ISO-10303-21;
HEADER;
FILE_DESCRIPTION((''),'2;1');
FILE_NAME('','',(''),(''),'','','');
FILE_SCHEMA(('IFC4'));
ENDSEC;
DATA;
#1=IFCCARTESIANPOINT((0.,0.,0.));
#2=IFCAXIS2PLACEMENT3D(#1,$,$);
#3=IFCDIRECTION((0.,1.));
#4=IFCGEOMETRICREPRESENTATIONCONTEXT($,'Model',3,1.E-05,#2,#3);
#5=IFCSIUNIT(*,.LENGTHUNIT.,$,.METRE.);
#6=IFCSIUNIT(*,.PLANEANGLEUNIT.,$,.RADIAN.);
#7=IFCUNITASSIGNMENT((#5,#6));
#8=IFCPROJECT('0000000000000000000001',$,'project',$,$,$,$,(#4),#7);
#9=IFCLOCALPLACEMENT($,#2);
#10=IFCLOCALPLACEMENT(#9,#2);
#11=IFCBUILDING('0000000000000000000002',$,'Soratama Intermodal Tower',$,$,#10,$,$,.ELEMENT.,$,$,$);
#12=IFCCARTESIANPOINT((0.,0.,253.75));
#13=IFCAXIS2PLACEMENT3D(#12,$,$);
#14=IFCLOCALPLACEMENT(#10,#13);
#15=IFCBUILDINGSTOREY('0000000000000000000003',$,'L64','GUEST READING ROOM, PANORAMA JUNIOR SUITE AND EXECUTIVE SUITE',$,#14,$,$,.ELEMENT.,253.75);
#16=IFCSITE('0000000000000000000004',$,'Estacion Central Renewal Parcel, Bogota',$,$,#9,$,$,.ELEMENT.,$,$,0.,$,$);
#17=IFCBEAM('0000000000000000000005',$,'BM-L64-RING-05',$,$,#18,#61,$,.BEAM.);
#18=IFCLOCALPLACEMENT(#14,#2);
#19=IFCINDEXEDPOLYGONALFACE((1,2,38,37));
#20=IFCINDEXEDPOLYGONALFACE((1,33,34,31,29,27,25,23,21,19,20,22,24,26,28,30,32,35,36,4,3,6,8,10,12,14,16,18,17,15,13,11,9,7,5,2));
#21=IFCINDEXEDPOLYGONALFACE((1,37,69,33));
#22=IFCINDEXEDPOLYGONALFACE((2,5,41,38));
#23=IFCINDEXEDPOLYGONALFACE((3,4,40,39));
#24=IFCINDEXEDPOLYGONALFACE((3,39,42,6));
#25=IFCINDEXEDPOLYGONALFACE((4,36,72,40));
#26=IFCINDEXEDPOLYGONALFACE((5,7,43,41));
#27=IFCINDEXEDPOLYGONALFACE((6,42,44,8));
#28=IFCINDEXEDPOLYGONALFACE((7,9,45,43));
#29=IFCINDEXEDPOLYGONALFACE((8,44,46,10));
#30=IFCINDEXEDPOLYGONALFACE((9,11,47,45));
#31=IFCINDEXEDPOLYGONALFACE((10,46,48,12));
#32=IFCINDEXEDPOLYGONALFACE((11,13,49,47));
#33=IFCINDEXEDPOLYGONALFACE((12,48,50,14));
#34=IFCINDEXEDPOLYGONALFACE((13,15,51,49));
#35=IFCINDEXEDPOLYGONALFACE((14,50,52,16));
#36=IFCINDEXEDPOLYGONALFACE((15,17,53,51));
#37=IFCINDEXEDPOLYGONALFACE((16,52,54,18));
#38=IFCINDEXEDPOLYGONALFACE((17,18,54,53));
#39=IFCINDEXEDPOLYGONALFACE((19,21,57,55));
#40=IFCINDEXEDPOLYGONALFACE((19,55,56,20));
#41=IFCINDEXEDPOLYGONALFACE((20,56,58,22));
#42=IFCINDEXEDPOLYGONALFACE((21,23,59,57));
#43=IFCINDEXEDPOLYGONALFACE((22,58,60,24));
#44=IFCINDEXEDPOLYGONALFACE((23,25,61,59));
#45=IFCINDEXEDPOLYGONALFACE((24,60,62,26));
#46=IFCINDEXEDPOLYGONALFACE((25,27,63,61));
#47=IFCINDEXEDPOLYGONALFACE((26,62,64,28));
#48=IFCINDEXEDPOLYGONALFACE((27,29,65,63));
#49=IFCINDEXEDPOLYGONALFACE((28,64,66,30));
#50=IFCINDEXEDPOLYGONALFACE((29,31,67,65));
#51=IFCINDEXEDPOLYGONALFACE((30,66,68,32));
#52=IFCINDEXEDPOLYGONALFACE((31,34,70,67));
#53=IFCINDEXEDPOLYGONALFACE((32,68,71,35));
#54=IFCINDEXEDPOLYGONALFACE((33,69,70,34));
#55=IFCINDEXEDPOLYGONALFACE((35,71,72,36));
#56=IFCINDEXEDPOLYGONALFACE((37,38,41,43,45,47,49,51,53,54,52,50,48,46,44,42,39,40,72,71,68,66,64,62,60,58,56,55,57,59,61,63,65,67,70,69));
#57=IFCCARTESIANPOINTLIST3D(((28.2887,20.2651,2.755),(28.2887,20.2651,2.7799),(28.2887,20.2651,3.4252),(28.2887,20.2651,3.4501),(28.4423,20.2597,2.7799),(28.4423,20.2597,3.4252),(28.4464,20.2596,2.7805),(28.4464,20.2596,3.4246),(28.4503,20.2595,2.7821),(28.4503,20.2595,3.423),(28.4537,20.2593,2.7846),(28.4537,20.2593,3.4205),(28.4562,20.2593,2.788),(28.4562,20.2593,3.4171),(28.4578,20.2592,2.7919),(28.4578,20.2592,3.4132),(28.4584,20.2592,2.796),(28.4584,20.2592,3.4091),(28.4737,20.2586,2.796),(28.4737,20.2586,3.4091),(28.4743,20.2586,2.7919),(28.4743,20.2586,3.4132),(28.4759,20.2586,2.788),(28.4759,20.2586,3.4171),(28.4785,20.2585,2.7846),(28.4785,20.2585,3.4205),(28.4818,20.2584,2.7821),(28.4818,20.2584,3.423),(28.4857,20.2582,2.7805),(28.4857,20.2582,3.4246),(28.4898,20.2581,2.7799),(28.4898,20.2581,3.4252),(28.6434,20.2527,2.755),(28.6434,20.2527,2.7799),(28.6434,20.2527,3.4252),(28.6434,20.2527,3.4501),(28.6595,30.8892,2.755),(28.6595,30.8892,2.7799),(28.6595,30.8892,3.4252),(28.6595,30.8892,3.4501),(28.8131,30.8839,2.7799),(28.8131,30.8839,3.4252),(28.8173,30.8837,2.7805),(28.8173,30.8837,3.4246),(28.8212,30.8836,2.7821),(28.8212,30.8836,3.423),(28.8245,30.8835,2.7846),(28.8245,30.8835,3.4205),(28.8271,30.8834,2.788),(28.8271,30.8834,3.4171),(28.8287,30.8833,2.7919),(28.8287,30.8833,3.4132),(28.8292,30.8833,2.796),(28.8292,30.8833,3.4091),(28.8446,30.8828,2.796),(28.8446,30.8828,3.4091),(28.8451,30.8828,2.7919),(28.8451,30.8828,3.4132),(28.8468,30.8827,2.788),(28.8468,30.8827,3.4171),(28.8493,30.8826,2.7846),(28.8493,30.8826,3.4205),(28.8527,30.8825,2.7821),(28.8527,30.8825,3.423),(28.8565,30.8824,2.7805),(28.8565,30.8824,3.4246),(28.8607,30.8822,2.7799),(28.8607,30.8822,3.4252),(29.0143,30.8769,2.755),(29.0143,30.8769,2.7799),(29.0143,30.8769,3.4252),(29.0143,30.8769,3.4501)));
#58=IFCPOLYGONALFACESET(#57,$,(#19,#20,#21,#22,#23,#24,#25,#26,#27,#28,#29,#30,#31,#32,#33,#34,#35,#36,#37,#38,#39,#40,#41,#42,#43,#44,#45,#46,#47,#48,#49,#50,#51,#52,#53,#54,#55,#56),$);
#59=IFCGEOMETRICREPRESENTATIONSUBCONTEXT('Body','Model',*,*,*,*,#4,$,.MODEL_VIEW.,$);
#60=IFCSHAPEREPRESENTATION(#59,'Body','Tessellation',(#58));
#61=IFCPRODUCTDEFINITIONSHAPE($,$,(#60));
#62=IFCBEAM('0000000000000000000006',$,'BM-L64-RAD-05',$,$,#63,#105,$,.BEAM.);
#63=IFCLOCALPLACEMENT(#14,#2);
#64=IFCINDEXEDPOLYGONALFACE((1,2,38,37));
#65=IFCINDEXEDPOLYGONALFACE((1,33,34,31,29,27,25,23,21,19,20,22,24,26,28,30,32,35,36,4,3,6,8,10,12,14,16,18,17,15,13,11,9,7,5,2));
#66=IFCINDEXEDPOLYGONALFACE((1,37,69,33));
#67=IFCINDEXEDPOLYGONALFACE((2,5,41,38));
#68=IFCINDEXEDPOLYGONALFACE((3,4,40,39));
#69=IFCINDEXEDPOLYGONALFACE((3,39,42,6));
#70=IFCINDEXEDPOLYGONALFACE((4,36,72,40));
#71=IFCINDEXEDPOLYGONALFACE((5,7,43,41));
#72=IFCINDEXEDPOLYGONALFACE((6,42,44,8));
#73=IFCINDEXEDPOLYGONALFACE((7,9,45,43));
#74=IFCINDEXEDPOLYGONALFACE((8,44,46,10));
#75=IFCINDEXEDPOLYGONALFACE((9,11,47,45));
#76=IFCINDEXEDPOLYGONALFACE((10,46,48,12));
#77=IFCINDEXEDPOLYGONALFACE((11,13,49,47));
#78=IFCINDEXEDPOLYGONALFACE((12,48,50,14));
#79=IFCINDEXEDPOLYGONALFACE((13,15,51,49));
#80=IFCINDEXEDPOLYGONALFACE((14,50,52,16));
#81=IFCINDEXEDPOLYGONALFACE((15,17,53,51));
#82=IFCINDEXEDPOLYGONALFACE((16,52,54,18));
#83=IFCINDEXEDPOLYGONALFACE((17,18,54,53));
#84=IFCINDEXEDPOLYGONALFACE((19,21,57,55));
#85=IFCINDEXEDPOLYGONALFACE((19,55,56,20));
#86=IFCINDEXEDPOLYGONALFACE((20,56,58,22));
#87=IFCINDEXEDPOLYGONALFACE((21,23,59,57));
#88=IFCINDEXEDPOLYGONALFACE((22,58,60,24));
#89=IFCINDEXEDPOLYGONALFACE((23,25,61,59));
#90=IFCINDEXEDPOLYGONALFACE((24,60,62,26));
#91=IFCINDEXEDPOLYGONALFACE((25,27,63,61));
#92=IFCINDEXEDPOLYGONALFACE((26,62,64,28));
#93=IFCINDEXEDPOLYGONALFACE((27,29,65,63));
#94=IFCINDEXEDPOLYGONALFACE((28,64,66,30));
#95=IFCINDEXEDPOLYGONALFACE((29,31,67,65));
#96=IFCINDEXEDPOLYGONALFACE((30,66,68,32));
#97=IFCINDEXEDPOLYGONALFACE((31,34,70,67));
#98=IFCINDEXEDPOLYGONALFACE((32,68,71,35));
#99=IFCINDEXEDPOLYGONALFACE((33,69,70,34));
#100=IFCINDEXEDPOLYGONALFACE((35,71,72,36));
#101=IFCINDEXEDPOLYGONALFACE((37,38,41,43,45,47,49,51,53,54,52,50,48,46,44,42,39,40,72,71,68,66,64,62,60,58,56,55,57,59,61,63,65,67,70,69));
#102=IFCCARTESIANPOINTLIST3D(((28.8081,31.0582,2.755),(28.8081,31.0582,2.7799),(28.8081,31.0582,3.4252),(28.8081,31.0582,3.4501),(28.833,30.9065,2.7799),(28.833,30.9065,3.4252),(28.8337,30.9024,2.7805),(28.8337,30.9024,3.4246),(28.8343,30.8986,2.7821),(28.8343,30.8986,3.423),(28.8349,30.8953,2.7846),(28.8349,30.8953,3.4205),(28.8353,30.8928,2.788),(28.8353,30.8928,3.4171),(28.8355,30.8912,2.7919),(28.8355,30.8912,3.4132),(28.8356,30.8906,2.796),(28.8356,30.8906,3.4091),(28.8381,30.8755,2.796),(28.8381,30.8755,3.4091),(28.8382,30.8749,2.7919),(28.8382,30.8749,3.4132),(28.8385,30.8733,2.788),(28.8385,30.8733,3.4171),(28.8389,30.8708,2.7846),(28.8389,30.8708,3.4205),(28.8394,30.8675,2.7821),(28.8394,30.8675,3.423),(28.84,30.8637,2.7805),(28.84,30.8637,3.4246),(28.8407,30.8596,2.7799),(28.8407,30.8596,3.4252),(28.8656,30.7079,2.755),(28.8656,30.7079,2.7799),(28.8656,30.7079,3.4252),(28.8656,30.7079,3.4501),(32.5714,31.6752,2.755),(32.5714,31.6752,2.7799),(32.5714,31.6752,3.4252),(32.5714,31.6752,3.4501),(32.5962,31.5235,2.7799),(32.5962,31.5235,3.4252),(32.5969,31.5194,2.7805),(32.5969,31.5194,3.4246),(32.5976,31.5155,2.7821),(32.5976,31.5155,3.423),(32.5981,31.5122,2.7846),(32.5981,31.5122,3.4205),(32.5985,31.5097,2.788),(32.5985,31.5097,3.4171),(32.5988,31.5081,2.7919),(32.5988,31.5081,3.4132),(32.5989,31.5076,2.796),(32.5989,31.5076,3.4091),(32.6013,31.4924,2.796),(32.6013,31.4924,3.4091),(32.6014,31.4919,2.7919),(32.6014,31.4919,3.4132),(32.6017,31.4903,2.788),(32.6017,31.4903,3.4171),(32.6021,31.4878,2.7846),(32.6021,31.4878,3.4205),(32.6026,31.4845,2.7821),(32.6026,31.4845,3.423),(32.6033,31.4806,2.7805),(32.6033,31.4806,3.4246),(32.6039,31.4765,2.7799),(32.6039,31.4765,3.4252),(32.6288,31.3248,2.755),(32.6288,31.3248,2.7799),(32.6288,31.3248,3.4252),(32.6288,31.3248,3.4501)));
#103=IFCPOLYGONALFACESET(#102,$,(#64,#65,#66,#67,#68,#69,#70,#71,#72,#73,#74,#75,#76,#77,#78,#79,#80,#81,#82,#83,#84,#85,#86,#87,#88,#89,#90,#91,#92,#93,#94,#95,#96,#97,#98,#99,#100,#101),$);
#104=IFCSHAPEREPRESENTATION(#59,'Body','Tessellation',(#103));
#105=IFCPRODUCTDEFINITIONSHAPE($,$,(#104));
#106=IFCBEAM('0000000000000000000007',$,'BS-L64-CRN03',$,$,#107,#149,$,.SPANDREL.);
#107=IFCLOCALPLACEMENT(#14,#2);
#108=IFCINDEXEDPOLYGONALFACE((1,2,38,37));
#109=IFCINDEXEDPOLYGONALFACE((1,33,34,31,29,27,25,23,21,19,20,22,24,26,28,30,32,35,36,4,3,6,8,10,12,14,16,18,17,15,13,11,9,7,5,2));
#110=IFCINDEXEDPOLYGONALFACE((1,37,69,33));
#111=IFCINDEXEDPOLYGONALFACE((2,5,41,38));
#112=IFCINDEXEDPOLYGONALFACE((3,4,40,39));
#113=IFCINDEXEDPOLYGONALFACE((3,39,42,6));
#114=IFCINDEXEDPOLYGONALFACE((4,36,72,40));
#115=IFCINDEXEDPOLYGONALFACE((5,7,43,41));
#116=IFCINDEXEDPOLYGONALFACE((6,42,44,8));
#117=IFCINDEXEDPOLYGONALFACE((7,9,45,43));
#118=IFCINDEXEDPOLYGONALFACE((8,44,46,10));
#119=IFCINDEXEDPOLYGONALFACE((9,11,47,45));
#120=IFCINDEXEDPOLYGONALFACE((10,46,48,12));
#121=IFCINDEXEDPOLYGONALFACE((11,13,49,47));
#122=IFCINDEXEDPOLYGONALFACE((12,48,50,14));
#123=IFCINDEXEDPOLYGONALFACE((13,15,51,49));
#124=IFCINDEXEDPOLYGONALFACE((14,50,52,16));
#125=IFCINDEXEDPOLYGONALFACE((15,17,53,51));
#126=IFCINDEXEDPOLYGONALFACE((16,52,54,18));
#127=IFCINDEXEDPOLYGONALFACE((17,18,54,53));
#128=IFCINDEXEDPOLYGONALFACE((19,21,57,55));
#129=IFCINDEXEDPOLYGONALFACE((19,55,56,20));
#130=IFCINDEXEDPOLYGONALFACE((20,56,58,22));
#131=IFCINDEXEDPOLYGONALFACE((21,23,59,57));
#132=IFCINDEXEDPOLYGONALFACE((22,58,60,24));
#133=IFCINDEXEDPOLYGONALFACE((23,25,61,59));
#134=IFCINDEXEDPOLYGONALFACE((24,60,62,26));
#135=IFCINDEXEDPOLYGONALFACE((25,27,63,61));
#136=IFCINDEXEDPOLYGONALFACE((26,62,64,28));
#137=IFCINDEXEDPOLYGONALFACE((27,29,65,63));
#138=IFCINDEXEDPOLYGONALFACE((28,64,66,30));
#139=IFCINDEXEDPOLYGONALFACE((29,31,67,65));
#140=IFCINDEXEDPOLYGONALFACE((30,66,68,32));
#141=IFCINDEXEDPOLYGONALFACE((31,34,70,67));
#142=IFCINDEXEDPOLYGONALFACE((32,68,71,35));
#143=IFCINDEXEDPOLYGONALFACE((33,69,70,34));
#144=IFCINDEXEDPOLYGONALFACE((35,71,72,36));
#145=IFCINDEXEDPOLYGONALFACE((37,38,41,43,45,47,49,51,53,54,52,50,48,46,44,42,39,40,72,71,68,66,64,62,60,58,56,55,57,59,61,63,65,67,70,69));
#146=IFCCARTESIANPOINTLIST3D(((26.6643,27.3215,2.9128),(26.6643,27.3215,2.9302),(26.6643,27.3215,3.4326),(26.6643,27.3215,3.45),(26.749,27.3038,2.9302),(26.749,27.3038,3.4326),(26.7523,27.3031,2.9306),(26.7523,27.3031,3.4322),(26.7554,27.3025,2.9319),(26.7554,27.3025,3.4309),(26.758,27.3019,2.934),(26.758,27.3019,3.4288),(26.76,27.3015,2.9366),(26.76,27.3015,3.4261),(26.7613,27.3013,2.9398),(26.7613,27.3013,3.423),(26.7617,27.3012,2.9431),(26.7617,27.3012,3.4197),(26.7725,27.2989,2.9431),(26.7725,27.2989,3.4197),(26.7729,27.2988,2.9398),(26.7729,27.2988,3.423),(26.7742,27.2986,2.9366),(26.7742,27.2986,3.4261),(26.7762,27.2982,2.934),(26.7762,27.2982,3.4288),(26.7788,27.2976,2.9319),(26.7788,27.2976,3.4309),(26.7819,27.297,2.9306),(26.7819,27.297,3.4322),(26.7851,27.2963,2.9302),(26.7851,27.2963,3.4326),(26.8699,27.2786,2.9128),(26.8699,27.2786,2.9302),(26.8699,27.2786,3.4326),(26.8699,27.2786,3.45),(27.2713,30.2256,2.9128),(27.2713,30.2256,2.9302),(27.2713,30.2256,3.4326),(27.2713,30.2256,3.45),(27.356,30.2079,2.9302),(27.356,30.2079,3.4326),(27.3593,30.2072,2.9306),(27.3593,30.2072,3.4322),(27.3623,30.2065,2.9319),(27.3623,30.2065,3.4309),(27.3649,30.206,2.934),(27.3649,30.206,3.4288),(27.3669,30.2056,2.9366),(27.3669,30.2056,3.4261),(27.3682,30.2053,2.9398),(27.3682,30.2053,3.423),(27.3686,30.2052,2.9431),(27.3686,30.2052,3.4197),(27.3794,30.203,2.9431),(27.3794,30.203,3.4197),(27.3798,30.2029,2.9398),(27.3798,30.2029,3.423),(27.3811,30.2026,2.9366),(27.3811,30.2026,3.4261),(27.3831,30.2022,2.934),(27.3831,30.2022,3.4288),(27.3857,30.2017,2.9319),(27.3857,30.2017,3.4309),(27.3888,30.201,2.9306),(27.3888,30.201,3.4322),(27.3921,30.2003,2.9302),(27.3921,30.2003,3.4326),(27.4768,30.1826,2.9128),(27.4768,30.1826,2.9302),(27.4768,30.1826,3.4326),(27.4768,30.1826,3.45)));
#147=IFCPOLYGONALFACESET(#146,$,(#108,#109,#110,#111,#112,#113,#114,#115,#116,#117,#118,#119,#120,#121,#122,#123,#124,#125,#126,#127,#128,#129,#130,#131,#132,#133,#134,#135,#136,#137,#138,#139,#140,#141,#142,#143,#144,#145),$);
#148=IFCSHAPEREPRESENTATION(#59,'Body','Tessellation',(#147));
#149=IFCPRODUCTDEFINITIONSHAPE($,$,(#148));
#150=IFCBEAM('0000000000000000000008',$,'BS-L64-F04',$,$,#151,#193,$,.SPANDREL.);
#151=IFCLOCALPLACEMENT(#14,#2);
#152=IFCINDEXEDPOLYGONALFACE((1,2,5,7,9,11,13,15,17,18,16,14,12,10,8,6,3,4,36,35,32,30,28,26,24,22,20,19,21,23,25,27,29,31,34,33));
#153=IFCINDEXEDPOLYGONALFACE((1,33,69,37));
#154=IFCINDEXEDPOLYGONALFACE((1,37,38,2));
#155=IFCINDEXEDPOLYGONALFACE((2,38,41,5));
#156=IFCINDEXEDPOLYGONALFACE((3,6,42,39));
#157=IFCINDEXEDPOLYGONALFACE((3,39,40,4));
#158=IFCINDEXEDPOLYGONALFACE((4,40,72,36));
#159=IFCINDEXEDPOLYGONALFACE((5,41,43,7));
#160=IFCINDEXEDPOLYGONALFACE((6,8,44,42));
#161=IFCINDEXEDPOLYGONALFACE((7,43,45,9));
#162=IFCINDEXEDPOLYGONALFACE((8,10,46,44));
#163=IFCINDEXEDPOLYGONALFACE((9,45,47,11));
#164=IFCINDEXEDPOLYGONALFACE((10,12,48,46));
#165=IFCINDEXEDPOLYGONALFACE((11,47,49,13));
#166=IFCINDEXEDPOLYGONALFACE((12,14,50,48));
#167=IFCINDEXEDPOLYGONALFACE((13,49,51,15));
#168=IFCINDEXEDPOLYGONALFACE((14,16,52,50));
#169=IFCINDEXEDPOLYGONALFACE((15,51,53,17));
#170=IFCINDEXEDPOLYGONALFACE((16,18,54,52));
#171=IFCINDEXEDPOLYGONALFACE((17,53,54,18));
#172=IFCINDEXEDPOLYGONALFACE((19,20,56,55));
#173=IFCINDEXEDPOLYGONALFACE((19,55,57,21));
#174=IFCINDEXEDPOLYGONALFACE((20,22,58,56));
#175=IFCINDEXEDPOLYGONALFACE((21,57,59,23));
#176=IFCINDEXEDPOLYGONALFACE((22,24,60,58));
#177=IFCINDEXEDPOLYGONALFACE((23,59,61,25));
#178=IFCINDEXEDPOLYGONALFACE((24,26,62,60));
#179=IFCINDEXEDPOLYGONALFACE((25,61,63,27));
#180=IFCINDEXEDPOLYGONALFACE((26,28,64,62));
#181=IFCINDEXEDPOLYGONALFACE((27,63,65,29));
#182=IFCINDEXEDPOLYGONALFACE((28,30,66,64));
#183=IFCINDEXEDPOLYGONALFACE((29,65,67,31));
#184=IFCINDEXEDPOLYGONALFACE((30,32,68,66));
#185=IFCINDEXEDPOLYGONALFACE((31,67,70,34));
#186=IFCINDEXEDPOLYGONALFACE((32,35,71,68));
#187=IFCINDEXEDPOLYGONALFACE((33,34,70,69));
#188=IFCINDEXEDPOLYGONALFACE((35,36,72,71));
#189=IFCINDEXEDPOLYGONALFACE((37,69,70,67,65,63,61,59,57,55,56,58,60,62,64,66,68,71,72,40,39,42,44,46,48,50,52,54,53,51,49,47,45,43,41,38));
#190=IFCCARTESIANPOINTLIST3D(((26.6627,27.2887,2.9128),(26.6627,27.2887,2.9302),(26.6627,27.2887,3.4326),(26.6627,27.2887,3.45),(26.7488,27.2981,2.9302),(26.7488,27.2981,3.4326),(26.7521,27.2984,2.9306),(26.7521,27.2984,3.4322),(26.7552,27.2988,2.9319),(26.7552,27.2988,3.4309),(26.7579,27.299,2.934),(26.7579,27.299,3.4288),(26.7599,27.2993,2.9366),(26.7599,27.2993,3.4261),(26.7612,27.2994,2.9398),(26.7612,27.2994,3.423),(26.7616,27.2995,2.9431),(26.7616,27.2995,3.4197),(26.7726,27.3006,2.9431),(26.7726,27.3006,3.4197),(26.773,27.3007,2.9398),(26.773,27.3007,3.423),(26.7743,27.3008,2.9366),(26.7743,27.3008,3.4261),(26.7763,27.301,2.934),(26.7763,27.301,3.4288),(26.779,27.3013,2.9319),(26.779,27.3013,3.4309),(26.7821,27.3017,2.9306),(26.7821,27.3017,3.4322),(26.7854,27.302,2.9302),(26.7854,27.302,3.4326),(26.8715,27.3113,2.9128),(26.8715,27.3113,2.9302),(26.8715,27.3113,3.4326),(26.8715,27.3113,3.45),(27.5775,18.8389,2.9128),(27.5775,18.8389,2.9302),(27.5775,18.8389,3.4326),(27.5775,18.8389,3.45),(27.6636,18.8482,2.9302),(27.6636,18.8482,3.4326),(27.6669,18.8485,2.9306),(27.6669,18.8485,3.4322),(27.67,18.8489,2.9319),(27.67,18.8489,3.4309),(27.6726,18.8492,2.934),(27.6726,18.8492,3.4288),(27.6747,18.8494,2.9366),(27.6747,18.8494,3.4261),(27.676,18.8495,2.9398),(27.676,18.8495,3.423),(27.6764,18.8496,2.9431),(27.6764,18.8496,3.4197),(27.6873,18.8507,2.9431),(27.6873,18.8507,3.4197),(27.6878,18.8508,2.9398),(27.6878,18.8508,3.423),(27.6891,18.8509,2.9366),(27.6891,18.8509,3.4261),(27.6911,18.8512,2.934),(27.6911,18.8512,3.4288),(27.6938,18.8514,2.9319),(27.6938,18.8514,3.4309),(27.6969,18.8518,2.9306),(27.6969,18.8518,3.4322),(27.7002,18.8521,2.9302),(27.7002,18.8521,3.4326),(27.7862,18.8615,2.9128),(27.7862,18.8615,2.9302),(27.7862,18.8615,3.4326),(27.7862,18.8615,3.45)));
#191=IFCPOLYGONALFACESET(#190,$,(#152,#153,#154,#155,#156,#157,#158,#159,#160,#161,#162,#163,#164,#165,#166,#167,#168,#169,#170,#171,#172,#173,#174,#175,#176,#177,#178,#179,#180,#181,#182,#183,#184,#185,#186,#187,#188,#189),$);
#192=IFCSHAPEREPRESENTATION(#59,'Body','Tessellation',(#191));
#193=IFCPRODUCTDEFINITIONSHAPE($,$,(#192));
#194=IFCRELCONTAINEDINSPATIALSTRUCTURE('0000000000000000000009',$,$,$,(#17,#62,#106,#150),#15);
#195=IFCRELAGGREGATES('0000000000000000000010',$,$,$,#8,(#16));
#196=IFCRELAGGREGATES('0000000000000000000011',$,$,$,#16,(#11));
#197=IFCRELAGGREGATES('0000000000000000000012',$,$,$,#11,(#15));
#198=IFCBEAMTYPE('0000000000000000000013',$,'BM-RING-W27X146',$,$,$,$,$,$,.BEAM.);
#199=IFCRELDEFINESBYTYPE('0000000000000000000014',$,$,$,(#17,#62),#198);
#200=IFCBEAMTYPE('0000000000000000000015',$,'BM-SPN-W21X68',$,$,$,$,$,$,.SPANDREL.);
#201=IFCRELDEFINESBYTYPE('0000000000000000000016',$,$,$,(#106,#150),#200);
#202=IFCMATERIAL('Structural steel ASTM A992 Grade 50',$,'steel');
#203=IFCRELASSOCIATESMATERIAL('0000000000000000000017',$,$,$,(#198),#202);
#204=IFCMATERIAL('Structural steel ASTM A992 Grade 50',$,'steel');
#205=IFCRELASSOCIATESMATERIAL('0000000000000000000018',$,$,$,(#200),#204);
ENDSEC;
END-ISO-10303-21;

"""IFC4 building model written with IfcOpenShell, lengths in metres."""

from ifc_helpers import new_model, si_unit, direction, frame, origin, origin_2d, place, context, subcontext, project, spatial, i_section, extrude, material, material_profile, profile_set, type_object, element, save


model = new_model("IFC4")

# Units and contexts
model_context = context("Model", 3, precision=1e-05, world=origin(), true_north=direction((0.0, 1.0)))
body_context = subcontext(model_context, "Body", "Model", "MODEL_VIEW")
ifc_project = project(units=[si_unit("LENGTHUNIT", "METRE"), si_unit("PLANEANGLEUNIT", "RADIAN")], contexts=[model_context])

# Site, building, storey
site_placement = place(None, origin())
site = spatial("IfcSite", under=ifc_project, at=site_placement, Name="Estacion Central Renewal Parcel, Bogota", CompositionType="ELEMENT", RefElevation=0.0)
building_placement = place(site_placement, origin())
building = spatial("IfcBuilding", under=site, at=building_placement, Name="Soratama Intermodal Tower", CompositionType="ELEMENT")
storey_placement = place(building_placement, frame((0.0, 0.0, 253.75)))
storey = spatial("IfcBuildingStorey", under=building, at=storey_placement, Name="L64", Description="GUEST READING ROOM, PANORAMA JUNIOR SUITE AND EXECUTIVE SUITE", CompositionType="ELEMENT", Elevation=253.75)

# Beams
ifc_material_1 = material(Name="Structural steel ASTM A992 Grade 50", Category="steel")
ifc_material_profile_1 = material_profile(ifc_material_1, i_section(OverallWidth=0.355, OverallDepth=0.6951, WebThickness=0.0154, FlangeThickness=0.0249, FilletRadius=0.0161, at=origin_2d()), Name="W27X146")
ifc_profile_set_1 = profile_set([ifc_material_profile_1], Name="Structural steel ASTM A992 Grade 50")
beam_type_1 = type_object("IfcBeamType", Name="BM-RING-W27X146", PredefinedType="BEAM", material=ifc_profile_set_1)
beam_1_placement = place(storey_placement, frame((28.8369, 30.8831, 3.1025), z_axis=(-0.034885, -0.999391, 0.0), x_axis=(0.999391, -0.034885, 0.0)))
element("IfcBeam", 1, at=beam_1_placement, inside=storey, type_object=beam_type_1, Name="BM-L64-RING-05", PredefinedType="BEAM", context=body_context, shape_type="SweptSolid", body=[
    extrude(i_section(OverallWidth=0.355, OverallDepth=0.6951, WebThickness=0.0154, FlangeThickness=0.0249, FilletRadius=0.0161, at=origin_2d()), origin(), (0.0, 0.0, 1.0), 10.6306),
])
beam_2_placement = place(storey_placement, frame((32.6001, 31.5, 3.1025), z_axis=(-0.986826, -0.161782, 0.0), x_axis=(0.161782, -0.986826, 0.0)))
element("IfcBeam", 2, at=beam_2_placement, inside=storey, type_object=beam_type_1, Name="BM-L64-RAD-05", PredefinedType="BEAM", context=body_context, shape_type="SweptSolid", body=[
    extrude(i_section(OverallWidth=0.355, OverallDepth=0.6951, WebThickness=0.0154, FlangeThickness=0.0249, FilletRadius=0.0161, at=origin_2d()), origin(), (0.0, 0.0, 1.0), 3.8135),
])
ifc_material_2 = material(Name="Structural steel ASTM A992 Grade 50", Category="steel")
ifc_material_profile_2 = material_profile(ifc_material_2, i_section(OverallWidth=0.21, OverallDepth=0.5371, WebThickness=0.011, FlangeThickness=0.0173, FilletRadius=0.0129, at=origin_2d()), Name="W21X68")
ifc_profile_set_2 = profile_set([ifc_material_profile_2], Name="Structural steel ASTM A992 Grade 50")
beam_type_2 = type_object("IfcBeamType", Name="BM-SPN-W21X68", PredefinedType="SPANDREL", material=ifc_profile_set_2)
beam_3_placement = place(storey_placement, frame((27.374, 30.2041, 3.1814), z_axis=(-0.204575, -0.978851, 0.0), x_axis=(0.978851, -0.204575, 0.0)))
element("IfcBeam", 3, at=beam_3_placement, inside=storey, type_object=beam_type_2, Name="BS-L64-CRN03", PredefinedType="SPANDREL", context=body_context, shape_type="SweptSolid", body=[
    extrude(i_section(OverallWidth=0.21, OverallDepth=0.5371, WebThickness=0.011, FlangeThickness=0.0173, FilletRadius=0.0129, at=origin_2d()), origin(), (0.0, 0.0, 1.0), 2.9668),
])
beam_4_placement = place(storey_placement, frame((26.7671, 27.3, 3.1814), z_axis=(0.107631, -0.994191, 0.0), x_axis=(0.994191, 0.107631, 0.0)))
element("IfcBeam", 4, at=beam_4_placement, inside=storey, type_object=beam_type_2, Name="BS-L64-F04", PredefinedType="SPANDREL", context=body_context, shape_type="SweptSolid", body=[
    extrude(i_section(OverallWidth=0.21, OverallDepth=0.5371, WebThickness=0.011, FlangeThickness=0.0173, FilletRadius=0.0129, at=origin_2d()), origin(), (0.0, 0.0, 1.0), 8.4993),
])

save(model, "model.ifc")
